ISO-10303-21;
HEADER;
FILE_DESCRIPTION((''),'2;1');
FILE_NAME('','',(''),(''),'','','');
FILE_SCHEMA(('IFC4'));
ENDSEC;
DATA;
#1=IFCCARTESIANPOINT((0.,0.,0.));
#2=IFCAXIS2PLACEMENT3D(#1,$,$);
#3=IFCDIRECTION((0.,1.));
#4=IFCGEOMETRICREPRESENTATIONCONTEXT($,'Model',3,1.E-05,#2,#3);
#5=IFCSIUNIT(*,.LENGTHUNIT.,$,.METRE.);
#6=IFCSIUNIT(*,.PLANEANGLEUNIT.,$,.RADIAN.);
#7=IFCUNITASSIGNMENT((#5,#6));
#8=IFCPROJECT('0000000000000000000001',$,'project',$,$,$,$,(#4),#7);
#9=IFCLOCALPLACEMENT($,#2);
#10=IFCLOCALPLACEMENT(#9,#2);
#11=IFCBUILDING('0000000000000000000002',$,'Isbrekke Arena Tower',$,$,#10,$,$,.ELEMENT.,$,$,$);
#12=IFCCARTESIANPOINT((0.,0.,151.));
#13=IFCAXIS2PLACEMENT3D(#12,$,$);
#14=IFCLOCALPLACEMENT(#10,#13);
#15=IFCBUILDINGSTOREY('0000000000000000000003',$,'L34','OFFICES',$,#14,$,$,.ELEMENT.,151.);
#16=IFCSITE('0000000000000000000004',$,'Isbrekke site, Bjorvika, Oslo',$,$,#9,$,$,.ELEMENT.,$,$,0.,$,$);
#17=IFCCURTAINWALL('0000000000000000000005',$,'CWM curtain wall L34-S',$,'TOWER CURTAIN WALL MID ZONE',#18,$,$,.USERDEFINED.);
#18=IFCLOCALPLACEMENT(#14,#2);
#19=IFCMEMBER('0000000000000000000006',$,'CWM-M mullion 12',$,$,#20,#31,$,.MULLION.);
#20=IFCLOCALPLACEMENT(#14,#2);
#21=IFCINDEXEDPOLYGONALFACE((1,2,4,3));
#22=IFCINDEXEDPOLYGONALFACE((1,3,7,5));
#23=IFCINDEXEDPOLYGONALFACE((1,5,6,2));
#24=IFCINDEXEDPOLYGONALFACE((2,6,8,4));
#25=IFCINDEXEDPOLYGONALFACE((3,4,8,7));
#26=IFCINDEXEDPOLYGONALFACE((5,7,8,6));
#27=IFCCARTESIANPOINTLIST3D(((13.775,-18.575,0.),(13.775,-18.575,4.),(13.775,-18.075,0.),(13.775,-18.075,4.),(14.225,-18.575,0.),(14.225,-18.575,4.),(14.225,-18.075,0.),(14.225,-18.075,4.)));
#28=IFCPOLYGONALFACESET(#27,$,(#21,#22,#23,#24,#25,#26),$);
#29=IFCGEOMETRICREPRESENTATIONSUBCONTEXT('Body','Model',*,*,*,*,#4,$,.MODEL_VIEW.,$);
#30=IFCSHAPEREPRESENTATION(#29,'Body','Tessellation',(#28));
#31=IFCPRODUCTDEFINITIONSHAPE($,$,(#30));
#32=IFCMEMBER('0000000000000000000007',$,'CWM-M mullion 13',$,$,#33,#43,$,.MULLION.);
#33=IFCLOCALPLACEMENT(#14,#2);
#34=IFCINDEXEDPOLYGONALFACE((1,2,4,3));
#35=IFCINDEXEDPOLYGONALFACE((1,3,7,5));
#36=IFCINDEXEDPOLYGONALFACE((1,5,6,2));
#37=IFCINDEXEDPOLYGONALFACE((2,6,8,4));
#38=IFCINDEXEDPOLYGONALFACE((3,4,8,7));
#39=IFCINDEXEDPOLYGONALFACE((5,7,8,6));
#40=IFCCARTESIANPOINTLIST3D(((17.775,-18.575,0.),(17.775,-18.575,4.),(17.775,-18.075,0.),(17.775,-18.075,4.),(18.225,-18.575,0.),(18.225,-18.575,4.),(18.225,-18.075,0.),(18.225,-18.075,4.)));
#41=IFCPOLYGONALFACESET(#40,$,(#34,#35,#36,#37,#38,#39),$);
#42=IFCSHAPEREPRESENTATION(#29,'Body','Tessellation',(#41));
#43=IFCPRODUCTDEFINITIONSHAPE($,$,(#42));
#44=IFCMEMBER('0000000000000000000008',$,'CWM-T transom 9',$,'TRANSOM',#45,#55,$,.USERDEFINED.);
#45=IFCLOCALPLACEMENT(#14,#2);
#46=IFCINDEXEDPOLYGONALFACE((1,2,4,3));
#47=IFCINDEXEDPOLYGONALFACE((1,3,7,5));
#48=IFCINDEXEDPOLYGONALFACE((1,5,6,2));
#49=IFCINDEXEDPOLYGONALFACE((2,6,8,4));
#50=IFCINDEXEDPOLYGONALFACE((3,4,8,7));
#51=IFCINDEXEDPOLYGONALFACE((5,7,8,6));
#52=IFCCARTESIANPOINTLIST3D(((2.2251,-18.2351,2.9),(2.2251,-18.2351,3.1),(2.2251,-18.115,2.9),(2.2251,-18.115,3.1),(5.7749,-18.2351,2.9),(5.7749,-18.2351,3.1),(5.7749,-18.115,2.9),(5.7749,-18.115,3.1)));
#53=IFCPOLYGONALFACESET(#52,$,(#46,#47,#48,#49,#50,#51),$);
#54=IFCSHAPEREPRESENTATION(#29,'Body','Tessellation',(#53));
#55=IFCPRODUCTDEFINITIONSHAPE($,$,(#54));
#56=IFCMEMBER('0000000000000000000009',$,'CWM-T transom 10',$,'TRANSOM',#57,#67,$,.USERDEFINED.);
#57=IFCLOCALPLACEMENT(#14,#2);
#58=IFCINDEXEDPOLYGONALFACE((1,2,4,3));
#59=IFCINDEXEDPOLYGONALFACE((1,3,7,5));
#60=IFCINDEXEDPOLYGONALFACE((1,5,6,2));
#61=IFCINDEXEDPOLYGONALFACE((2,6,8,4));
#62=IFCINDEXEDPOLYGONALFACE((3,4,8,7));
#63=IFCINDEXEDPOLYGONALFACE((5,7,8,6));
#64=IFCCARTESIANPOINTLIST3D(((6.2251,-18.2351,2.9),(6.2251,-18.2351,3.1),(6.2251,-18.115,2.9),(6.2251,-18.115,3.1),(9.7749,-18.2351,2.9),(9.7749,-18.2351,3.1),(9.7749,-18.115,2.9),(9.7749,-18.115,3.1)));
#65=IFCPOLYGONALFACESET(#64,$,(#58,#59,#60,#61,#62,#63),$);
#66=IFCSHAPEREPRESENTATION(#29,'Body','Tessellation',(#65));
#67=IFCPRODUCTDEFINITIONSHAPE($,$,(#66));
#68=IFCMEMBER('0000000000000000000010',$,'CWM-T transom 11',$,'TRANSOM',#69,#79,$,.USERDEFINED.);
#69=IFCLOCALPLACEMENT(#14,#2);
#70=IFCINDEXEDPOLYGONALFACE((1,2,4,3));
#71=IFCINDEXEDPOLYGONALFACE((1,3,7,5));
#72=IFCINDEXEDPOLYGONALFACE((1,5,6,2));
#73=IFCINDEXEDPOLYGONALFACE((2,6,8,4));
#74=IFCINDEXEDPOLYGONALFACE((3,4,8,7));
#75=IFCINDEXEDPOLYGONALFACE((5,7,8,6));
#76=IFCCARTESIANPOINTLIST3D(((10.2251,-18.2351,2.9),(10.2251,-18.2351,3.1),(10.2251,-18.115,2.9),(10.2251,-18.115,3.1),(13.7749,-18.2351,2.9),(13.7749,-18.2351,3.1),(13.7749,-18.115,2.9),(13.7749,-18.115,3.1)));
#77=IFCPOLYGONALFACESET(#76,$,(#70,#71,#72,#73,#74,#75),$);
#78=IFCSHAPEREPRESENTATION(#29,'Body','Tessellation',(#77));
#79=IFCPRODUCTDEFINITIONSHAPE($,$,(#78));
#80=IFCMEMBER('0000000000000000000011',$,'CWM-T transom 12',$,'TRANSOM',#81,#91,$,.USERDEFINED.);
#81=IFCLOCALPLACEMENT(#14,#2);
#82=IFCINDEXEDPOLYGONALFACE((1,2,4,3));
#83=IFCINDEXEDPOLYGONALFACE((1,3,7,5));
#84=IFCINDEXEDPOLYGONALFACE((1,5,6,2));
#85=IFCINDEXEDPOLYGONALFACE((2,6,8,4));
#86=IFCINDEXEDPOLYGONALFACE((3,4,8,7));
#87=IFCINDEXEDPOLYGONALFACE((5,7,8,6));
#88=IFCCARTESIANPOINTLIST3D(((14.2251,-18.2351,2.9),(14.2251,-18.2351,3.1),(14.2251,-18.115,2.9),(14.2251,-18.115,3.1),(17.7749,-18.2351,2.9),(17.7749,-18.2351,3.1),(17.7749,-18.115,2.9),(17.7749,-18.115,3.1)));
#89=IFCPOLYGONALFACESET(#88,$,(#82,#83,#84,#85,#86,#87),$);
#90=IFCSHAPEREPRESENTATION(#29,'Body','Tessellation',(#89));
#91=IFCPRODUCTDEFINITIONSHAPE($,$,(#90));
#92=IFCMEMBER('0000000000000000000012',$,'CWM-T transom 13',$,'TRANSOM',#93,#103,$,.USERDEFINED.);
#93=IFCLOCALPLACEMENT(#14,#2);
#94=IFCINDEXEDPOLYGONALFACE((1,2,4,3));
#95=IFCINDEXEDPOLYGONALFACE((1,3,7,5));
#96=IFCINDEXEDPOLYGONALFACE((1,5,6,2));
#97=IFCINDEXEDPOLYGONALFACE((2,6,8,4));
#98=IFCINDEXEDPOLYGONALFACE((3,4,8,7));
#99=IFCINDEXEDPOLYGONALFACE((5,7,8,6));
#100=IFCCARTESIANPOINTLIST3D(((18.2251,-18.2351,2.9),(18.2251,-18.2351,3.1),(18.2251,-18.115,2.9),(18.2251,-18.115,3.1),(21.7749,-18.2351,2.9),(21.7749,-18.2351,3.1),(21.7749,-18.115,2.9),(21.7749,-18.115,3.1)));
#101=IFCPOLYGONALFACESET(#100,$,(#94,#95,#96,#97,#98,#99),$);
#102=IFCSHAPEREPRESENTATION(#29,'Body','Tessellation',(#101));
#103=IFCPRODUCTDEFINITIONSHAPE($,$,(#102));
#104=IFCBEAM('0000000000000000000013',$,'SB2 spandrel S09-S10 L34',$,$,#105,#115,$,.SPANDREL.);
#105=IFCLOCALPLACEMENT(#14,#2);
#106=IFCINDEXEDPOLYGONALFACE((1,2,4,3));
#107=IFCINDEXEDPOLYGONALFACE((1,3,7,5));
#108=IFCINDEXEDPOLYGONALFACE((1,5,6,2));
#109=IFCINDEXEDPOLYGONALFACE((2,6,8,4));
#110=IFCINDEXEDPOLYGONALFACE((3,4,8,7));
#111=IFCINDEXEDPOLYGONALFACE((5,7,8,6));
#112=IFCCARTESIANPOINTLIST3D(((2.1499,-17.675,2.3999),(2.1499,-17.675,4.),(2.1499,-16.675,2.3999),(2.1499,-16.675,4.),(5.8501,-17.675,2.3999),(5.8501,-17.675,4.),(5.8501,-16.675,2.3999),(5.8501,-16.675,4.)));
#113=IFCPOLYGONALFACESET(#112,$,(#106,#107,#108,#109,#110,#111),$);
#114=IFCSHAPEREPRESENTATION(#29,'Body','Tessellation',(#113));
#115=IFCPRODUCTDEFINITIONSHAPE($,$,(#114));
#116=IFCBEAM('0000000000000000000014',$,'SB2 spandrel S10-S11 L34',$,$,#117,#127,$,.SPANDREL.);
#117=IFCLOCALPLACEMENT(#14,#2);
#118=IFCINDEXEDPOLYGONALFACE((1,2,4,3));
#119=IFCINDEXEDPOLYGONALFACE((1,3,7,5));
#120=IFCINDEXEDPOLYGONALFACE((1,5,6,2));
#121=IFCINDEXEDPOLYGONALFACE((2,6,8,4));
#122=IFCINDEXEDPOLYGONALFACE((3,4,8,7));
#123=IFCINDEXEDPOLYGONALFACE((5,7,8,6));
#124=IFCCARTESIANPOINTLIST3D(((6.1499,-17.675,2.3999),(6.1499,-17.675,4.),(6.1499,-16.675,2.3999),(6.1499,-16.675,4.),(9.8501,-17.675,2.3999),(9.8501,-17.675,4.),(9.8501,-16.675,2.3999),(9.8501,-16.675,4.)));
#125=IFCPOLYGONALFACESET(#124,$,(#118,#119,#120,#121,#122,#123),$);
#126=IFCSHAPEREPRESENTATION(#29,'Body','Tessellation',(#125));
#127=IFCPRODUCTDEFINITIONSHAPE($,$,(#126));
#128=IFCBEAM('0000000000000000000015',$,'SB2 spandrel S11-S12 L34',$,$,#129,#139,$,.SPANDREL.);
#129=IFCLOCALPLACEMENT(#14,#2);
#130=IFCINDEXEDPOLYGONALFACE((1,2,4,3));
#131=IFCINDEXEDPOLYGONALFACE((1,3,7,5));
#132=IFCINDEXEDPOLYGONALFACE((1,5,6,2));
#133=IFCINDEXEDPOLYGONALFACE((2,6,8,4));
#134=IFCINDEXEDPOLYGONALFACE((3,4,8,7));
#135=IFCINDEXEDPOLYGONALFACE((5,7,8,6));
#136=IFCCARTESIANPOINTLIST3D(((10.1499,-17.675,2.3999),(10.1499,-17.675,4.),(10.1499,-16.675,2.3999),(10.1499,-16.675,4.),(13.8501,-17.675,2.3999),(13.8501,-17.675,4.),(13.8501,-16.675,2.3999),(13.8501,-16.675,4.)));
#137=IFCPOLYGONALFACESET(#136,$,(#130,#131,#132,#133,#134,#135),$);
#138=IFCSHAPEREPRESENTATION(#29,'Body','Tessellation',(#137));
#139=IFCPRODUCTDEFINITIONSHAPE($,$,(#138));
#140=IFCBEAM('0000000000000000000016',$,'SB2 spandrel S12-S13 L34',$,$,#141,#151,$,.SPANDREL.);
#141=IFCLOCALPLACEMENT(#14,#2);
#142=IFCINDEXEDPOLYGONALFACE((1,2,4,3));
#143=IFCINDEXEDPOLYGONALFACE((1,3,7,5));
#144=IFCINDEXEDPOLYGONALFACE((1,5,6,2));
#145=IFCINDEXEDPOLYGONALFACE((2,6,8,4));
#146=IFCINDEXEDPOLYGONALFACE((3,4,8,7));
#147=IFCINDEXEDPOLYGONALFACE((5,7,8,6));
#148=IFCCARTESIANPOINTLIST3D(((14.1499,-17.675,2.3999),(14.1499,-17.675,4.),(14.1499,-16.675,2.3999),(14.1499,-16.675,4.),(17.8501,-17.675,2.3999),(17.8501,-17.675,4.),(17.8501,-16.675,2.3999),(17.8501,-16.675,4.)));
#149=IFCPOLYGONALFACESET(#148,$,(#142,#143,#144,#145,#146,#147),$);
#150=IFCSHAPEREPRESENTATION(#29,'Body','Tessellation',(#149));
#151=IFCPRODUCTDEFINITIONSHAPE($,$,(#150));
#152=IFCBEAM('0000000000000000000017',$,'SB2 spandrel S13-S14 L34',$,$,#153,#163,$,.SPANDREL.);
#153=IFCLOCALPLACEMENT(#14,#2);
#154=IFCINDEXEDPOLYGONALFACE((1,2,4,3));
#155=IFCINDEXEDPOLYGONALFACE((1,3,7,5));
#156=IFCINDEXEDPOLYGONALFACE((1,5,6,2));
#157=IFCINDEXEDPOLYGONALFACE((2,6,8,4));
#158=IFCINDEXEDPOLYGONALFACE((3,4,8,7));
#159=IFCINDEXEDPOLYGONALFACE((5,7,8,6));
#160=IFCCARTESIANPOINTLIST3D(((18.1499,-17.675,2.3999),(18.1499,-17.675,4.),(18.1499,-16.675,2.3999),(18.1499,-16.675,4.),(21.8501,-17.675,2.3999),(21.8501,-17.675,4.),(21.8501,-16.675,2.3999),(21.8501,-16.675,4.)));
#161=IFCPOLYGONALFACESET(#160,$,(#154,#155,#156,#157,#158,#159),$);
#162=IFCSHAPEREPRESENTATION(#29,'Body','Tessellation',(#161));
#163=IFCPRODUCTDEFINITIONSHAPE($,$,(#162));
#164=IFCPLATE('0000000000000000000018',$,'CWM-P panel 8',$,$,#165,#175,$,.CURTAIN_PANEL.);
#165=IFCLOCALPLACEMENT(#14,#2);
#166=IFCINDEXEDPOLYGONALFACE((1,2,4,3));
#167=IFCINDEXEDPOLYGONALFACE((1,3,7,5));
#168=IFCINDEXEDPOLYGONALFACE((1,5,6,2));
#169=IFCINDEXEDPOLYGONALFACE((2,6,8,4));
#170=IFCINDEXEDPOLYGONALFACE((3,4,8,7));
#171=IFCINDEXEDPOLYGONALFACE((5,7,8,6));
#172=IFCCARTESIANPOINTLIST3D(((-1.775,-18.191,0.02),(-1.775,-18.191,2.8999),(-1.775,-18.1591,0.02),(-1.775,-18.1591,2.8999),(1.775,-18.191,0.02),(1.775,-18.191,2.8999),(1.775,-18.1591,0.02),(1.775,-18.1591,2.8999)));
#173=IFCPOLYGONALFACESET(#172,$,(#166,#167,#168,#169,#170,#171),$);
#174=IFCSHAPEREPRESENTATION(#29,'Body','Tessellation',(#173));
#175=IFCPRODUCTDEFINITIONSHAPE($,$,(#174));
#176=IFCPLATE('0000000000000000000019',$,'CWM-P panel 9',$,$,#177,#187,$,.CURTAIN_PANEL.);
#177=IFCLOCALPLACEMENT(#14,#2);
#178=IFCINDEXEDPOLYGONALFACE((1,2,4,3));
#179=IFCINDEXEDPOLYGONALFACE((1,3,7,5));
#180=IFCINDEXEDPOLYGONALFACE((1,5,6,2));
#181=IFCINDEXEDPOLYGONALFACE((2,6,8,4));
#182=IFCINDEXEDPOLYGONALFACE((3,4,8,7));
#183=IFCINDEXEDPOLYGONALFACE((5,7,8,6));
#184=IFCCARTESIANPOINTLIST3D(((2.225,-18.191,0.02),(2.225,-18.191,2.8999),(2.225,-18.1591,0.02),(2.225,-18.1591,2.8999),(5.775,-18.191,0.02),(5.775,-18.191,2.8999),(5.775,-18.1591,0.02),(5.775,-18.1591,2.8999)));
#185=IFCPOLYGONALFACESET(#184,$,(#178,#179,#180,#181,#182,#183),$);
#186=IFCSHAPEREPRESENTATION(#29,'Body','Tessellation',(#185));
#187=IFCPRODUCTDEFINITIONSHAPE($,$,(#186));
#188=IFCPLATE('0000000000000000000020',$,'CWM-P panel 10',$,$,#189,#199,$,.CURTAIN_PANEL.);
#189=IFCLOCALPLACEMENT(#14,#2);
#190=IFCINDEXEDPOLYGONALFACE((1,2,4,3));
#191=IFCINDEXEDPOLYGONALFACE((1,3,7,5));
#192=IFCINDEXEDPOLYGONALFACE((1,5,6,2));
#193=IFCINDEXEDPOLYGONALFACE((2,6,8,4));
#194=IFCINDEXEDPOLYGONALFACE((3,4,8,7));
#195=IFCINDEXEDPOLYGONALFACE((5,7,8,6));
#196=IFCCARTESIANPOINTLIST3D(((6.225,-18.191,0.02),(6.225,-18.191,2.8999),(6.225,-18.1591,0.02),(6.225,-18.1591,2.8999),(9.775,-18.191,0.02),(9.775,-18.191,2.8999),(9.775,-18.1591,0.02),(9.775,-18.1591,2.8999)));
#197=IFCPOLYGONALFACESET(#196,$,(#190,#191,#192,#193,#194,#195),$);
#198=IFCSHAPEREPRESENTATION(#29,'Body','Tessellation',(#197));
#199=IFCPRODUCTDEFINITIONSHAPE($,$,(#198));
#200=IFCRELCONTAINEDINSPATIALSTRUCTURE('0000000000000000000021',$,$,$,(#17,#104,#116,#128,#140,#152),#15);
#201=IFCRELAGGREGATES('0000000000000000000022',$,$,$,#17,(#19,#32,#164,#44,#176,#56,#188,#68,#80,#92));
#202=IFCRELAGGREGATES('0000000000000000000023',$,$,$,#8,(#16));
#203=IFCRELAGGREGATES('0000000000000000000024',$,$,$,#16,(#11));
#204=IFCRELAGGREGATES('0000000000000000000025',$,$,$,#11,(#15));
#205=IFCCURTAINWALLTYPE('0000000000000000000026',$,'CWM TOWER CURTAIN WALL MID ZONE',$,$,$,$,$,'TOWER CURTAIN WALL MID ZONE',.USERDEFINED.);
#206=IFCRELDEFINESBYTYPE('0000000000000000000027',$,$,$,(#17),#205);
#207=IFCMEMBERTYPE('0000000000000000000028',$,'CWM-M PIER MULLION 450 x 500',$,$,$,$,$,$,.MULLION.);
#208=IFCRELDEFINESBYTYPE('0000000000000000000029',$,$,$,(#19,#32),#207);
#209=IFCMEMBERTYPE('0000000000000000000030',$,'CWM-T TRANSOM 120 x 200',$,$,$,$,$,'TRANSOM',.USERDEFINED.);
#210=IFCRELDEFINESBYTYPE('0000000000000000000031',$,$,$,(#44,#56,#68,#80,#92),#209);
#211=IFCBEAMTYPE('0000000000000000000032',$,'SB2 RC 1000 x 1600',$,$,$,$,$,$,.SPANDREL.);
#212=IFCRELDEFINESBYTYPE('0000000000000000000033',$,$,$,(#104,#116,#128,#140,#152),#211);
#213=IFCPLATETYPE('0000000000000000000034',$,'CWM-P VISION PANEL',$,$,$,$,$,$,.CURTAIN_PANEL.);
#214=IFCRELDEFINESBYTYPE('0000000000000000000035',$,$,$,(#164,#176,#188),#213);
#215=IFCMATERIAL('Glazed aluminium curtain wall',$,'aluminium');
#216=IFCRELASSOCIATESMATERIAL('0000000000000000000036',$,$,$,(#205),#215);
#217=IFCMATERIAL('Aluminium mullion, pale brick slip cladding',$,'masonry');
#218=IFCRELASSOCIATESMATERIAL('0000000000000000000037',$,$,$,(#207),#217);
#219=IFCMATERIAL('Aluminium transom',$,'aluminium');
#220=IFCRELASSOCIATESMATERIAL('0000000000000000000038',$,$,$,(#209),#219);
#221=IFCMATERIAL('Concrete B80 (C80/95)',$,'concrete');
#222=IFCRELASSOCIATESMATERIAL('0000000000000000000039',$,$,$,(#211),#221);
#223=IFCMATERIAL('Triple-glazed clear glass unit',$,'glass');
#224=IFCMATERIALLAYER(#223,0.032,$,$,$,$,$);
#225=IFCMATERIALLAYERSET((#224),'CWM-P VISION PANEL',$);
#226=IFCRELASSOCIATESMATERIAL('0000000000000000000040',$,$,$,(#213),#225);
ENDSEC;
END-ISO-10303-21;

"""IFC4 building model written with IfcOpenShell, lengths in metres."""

from ifc_helpers import new_model, si_unit, direction, frame, origin, origin_2d, place, context, subcontext, project, spatial, rectangle, extrude, material, layer, layer_set, material_profile, profile_set, type_object, element, aggregate, save


model = new_model("IFC4")

# Units and contexts
model_context = context("Model", 3, precision=1e-05, world=origin(), true_north=direction((0.0, 1.0)))
body_context = subcontext(model_context, "Body", "Model", "MODEL_VIEW")
ifc_project = project(units=[si_unit("LENGTHUNIT", "METRE"), si_unit("PLANEANGLEUNIT", "RADIAN")], contexts=[model_context])

# Site, building, storey
site_placement = place(None, origin())
site = spatial("IfcSite", under=ifc_project, at=site_placement, Name="Isbrekke site, Bjorvika, Oslo", CompositionType="ELEMENT", RefElevation=0.0)
building_placement = place(site_placement, origin())
building = spatial("IfcBuilding", under=site, at=building_placement, Name="Isbrekke Arena Tower", CompositionType="ELEMENT")
storey_placement = place(building_placement, frame((0.0, 0.0, 151.0)))
storey = spatial("IfcBuildingStorey", under=building, at=storey_placement, Name="L34", Description="OFFICES", CompositionType="ELEMENT", Elevation=151.0)

# Curtain wall, members
ifc_material_1 = material(Name="Glazed aluminium curtain wall", Category="aluminium")
curtain_wall_type = type_object("IfcCurtainWallType", Name="CWM TOWER CURTAIN WALL MID ZONE", ElementType="TOWER CURTAIN WALL MID ZONE", PredefinedType="USERDEFINED", material=ifc_material_1)
curtain_wall_placement = place(storey_placement, origin())
curtain_wall = element("IfcCurtainWall", 1, at=curtain_wall_placement, inside=storey, type_object=curtain_wall_type, Name="CWM curtain wall L34-S", ObjectType="TOWER CURTAIN WALL MID ZONE", PredefinedType="USERDEFINED")
ifc_material_2 = material(Name="Aluminium mullion, pale brick slip cladding", Category="masonry")
ifc_material_profile_1 = material_profile(ifc_material_2, rectangle(XDim=0.45, YDim=0.5, at=origin_2d()), Name="PIER 450X500")
ifc_profile_set_1 = profile_set([ifc_material_profile_1], Name="Aluminium mullion, pale brick slip cladding")
member_type_1 = type_object("IfcMemberType", Name="CWM-M PIER MULLION 450 x 500", PredefinedType="MULLION", material=ifc_profile_set_1)
member_1_placement = place(storey_placement, frame((14.0, -18.325, 0.0), z_axis=(0.0, 0.0, 1.0), x_axis=(1.0, 0.0, 0.0)))
member_1 = element("IfcMember", 2, at=member_1_placement, type_object=member_type_1, Name="CWM-M mullion 12", PredefinedType="MULLION", context=body_context, shape_type="SweptSolid", body=[
    extrude(rectangle(XDim=0.45, YDim=0.5, at=origin_2d()), origin(), (0.0, 0.0, 1.0), 4.0),
])
member_2_placement = place(storey_placement, frame((18.0, -18.325, 0.0), z_axis=(0.0, 0.0, 1.0), x_axis=(1.0, 0.0, 0.0)))
member_2 = element("IfcMember", 3, at=member_2_placement, type_object=member_type_1, Name="CWM-M mullion 13", PredefinedType="MULLION", context=body_context, shape_type="SweptSolid", body=[
    extrude(rectangle(XDim=0.45, YDim=0.5, at=origin_2d()), origin(), (0.0, 0.0, 1.0), 4.0),
])
ifc_material_3 = material(Name="Aluminium transom", Category="aluminium")
ifc_material_profile_2 = material_profile(ifc_material_3, rectangle(XDim=0.1201, YDim=0.2, at=origin_2d()), Name="TRANSOM 120X200")
ifc_profile_set_2 = profile_set([ifc_material_profile_2], Name="Aluminium transom")
member_type_2 = type_object("IfcMemberType", Name="CWM-T TRANSOM 120 x 200", ElementType="TRANSOM", PredefinedType="USERDEFINED", material=ifc_profile_set_2)
member_3_placement = place(storey_placement, frame((2.2251, -18.175, 3.0), z_axis=(1.0, 0.0, 0.0), x_axis=(0.0, 1.0, 0.0)))
member_3 = element("IfcMember", 4, at=member_3_placement, type_object=member_type_2, Name="CWM-T transom 9", ObjectType="TRANSOM", PredefinedType="USERDEFINED", context=body_context, shape_type="SweptSolid", body=[
    extrude(rectangle(XDim=0.1201, YDim=0.2, at=origin_2d()), origin(), (0.0, 0.0, 1.0), 3.5498),
])
member_4_placement = place(storey_placement, frame((6.2251, -18.175, 3.0), z_axis=(1.0, 0.0, 0.0), x_axis=(0.0, 1.0, 0.0)))
member_4 = element("IfcMember", 5, at=member_4_placement, type_object=member_type_2, Name="CWM-T transom 10", ObjectType="TRANSOM", PredefinedType="USERDEFINED", context=body_context, shape_type="SweptSolid", body=[
    extrude(rectangle(XDim=0.1201, YDim=0.2, at=origin_2d()), origin(), (0.0, 0.0, 1.0), 3.5498),
])
member_5_placement = place(storey_placement, frame((10.2251, -18.175, 3.0), z_axis=(1.0, 0.0, 0.0), x_axis=(0.0, 1.0, 0.0)))
member_5 = element("IfcMember", 6, at=member_5_placement, type_object=member_type_2, Name="CWM-T transom 11", ObjectType="TRANSOM", PredefinedType="USERDEFINED", context=body_context, shape_type="SweptSolid", body=[
    extrude(rectangle(XDim=0.1201, YDim=0.2, at=origin_2d()), origin(), (0.0, 0.0, 1.0), 3.5498),
])
member_6_placement = place(storey_placement, frame((14.2251, -18.175, 3.0), z_axis=(1.0, 0.0, 0.0), x_axis=(0.0, 1.0, 0.0)))
member_6 = element("IfcMember", 7, at=member_6_placement, type_object=member_type_2, Name="CWM-T transom 12", ObjectType="TRANSOM", PredefinedType="USERDEFINED", context=body_context, shape_type="SweptSolid", body=[
    extrude(rectangle(XDim=0.1201, YDim=0.2, at=origin_2d()), origin(), (0.0, 0.0, 1.0), 3.5498),
])
member_7_placement = place(storey_placement, frame((18.2251, -18.175, 3.0), z_axis=(1.0, 0.0, 0.0), x_axis=(0.0, 1.0, 0.0)))
member_7 = element("IfcMember", 8, at=member_7_placement, type_object=member_type_2, Name="CWM-T transom 13", ObjectType="TRANSOM", PredefinedType="USERDEFINED", context=body_context, shape_type="SweptSolid", body=[
    extrude(rectangle(XDim=0.1201, YDim=0.2, at=origin_2d()), origin(), (0.0, 0.0, 1.0), 3.5498),
])

# Beams
ifc_material_4 = material(Name="Concrete B80 (C80/95)", Category="concrete")
ifc_material_profile_3 = material_profile(ifc_material_4, rectangle(XDim=1.0, YDim=1.6001, at=origin_2d()), Name="RC 1000x1600")
ifc_profile_set_3 = profile_set([ifc_material_profile_3], Name="Concrete B80 (C80/95)")
beam_type_1 = type_object("IfcBeamType", Name="SB2 RC 1000 x 1600", PredefinedType="SPANDREL", material=ifc_profile_set_3)
for number, where, z_axis, x_axis, name in (
    (9, (2.1499, -17.175, 3.2), (1.0, 0.0, 0.0), (0.0, 1.0, 0.0), "SB2 spandrel S09-S10 L34"),
    (10, (6.1499, -17.175, 3.2), (1.0, 0.0, 0.0), (0.0, 1.0, 0.0), "SB2 spandrel S10-S11 L34"),
    (11, (10.1499, -17.175, 3.2), (1.0, 0.0, 0.0), (0.0, 1.0, 0.0), "SB2 spandrel S11-S12 L34"),
    (12, (14.1499, -17.175, 3.2), (1.0, 0.0, 0.0), (0.0, 1.0, 0.0), "SB2 spandrel S12-S13 L34"),
    (13, (18.1499, -17.175, 3.2), (1.0, 0.0, 0.0), (0.0, 1.0, 0.0), "SB2 spandrel S13-S14 L34"),
):
    element("IfcBeam", number, at=place(storey_placement, frame(where, z_axis=z_axis, x_axis=x_axis)), inside=storey, type_object=beam_type_1, Name=name, PredefinedType="SPANDREL", context=body_context, shape_type="SweptSolid", body=[
        extrude(rectangle(XDim=1.0, YDim=1.6001, at=origin_2d()), origin(), (0.0, 0.0, 1.0), 3.7002),
    ])

# Plates
ifc_material_5 = material(Name="Triple-glazed clear glass unit", Category="glass")
ifc_layer = layer(ifc_material_5, 0.032)
ifc_layer_set = layer_set([ifc_layer], Name="CWM-P VISION PANEL")
plate_type = type_object("IfcPlateType", Name="CWM-P VISION PANEL", PredefinedType="CURTAIN_PANEL", material=ifc_layer_set)
plate_1_placement = place(storey_placement, frame((0.0, -18.175, 0.02), z_axis=(0.0, 0.0, 1.0), x_axis=(1.0, 0.0, 0.0)))
plate_1 = element("IfcPlate", 14, at=plate_1_placement, type_object=plate_type, Name="CWM-P panel 8", PredefinedType="CURTAIN_PANEL", context=body_context, shape_type="SweptSolid", body=[
    extrude(rectangle(XDim=3.55, YDim=0.032, at=origin_2d()), origin(), (0.0, 0.0, 1.0), 2.8799),
])
plate_2_placement = place(storey_placement, frame((4.0, -18.175, 0.02), z_axis=(0.0, 0.0, 1.0), x_axis=(1.0, 0.0, 0.0)))
plate_2 = element("IfcPlate", 15, at=plate_2_placement, type_object=plate_type, Name="CWM-P panel 9", PredefinedType="CURTAIN_PANEL", context=body_context, shape_type="SweptSolid", body=[
    extrude(rectangle(XDim=3.55, YDim=0.032, at=origin_2d()), origin(), (0.0, 0.0, 1.0), 2.8799),
])
plate_3_placement = place(storey_placement, frame((8.0, -18.175, 0.02), z_axis=(0.0, 0.0, 1.0), x_axis=(1.0, 0.0, 0.0)))
plate_3 = element("IfcPlate", 16, at=plate_3_placement, type_object=plate_type, Name="CWM-P panel 10", PredefinedType="CURTAIN_PANEL", context=body_context, shape_type="SweptSolid", body=[
    extrude(rectangle(XDim=3.55, YDim=0.032, at=origin_2d()), origin(), (0.0, 0.0, 1.0), 2.8799),
])
aggregate(curtain_wall, [member_1, member_2, plate_1, member_3, plate_2, member_4, plate_3, member_5, member_6, member_7])

save(model, "model.ifc")
